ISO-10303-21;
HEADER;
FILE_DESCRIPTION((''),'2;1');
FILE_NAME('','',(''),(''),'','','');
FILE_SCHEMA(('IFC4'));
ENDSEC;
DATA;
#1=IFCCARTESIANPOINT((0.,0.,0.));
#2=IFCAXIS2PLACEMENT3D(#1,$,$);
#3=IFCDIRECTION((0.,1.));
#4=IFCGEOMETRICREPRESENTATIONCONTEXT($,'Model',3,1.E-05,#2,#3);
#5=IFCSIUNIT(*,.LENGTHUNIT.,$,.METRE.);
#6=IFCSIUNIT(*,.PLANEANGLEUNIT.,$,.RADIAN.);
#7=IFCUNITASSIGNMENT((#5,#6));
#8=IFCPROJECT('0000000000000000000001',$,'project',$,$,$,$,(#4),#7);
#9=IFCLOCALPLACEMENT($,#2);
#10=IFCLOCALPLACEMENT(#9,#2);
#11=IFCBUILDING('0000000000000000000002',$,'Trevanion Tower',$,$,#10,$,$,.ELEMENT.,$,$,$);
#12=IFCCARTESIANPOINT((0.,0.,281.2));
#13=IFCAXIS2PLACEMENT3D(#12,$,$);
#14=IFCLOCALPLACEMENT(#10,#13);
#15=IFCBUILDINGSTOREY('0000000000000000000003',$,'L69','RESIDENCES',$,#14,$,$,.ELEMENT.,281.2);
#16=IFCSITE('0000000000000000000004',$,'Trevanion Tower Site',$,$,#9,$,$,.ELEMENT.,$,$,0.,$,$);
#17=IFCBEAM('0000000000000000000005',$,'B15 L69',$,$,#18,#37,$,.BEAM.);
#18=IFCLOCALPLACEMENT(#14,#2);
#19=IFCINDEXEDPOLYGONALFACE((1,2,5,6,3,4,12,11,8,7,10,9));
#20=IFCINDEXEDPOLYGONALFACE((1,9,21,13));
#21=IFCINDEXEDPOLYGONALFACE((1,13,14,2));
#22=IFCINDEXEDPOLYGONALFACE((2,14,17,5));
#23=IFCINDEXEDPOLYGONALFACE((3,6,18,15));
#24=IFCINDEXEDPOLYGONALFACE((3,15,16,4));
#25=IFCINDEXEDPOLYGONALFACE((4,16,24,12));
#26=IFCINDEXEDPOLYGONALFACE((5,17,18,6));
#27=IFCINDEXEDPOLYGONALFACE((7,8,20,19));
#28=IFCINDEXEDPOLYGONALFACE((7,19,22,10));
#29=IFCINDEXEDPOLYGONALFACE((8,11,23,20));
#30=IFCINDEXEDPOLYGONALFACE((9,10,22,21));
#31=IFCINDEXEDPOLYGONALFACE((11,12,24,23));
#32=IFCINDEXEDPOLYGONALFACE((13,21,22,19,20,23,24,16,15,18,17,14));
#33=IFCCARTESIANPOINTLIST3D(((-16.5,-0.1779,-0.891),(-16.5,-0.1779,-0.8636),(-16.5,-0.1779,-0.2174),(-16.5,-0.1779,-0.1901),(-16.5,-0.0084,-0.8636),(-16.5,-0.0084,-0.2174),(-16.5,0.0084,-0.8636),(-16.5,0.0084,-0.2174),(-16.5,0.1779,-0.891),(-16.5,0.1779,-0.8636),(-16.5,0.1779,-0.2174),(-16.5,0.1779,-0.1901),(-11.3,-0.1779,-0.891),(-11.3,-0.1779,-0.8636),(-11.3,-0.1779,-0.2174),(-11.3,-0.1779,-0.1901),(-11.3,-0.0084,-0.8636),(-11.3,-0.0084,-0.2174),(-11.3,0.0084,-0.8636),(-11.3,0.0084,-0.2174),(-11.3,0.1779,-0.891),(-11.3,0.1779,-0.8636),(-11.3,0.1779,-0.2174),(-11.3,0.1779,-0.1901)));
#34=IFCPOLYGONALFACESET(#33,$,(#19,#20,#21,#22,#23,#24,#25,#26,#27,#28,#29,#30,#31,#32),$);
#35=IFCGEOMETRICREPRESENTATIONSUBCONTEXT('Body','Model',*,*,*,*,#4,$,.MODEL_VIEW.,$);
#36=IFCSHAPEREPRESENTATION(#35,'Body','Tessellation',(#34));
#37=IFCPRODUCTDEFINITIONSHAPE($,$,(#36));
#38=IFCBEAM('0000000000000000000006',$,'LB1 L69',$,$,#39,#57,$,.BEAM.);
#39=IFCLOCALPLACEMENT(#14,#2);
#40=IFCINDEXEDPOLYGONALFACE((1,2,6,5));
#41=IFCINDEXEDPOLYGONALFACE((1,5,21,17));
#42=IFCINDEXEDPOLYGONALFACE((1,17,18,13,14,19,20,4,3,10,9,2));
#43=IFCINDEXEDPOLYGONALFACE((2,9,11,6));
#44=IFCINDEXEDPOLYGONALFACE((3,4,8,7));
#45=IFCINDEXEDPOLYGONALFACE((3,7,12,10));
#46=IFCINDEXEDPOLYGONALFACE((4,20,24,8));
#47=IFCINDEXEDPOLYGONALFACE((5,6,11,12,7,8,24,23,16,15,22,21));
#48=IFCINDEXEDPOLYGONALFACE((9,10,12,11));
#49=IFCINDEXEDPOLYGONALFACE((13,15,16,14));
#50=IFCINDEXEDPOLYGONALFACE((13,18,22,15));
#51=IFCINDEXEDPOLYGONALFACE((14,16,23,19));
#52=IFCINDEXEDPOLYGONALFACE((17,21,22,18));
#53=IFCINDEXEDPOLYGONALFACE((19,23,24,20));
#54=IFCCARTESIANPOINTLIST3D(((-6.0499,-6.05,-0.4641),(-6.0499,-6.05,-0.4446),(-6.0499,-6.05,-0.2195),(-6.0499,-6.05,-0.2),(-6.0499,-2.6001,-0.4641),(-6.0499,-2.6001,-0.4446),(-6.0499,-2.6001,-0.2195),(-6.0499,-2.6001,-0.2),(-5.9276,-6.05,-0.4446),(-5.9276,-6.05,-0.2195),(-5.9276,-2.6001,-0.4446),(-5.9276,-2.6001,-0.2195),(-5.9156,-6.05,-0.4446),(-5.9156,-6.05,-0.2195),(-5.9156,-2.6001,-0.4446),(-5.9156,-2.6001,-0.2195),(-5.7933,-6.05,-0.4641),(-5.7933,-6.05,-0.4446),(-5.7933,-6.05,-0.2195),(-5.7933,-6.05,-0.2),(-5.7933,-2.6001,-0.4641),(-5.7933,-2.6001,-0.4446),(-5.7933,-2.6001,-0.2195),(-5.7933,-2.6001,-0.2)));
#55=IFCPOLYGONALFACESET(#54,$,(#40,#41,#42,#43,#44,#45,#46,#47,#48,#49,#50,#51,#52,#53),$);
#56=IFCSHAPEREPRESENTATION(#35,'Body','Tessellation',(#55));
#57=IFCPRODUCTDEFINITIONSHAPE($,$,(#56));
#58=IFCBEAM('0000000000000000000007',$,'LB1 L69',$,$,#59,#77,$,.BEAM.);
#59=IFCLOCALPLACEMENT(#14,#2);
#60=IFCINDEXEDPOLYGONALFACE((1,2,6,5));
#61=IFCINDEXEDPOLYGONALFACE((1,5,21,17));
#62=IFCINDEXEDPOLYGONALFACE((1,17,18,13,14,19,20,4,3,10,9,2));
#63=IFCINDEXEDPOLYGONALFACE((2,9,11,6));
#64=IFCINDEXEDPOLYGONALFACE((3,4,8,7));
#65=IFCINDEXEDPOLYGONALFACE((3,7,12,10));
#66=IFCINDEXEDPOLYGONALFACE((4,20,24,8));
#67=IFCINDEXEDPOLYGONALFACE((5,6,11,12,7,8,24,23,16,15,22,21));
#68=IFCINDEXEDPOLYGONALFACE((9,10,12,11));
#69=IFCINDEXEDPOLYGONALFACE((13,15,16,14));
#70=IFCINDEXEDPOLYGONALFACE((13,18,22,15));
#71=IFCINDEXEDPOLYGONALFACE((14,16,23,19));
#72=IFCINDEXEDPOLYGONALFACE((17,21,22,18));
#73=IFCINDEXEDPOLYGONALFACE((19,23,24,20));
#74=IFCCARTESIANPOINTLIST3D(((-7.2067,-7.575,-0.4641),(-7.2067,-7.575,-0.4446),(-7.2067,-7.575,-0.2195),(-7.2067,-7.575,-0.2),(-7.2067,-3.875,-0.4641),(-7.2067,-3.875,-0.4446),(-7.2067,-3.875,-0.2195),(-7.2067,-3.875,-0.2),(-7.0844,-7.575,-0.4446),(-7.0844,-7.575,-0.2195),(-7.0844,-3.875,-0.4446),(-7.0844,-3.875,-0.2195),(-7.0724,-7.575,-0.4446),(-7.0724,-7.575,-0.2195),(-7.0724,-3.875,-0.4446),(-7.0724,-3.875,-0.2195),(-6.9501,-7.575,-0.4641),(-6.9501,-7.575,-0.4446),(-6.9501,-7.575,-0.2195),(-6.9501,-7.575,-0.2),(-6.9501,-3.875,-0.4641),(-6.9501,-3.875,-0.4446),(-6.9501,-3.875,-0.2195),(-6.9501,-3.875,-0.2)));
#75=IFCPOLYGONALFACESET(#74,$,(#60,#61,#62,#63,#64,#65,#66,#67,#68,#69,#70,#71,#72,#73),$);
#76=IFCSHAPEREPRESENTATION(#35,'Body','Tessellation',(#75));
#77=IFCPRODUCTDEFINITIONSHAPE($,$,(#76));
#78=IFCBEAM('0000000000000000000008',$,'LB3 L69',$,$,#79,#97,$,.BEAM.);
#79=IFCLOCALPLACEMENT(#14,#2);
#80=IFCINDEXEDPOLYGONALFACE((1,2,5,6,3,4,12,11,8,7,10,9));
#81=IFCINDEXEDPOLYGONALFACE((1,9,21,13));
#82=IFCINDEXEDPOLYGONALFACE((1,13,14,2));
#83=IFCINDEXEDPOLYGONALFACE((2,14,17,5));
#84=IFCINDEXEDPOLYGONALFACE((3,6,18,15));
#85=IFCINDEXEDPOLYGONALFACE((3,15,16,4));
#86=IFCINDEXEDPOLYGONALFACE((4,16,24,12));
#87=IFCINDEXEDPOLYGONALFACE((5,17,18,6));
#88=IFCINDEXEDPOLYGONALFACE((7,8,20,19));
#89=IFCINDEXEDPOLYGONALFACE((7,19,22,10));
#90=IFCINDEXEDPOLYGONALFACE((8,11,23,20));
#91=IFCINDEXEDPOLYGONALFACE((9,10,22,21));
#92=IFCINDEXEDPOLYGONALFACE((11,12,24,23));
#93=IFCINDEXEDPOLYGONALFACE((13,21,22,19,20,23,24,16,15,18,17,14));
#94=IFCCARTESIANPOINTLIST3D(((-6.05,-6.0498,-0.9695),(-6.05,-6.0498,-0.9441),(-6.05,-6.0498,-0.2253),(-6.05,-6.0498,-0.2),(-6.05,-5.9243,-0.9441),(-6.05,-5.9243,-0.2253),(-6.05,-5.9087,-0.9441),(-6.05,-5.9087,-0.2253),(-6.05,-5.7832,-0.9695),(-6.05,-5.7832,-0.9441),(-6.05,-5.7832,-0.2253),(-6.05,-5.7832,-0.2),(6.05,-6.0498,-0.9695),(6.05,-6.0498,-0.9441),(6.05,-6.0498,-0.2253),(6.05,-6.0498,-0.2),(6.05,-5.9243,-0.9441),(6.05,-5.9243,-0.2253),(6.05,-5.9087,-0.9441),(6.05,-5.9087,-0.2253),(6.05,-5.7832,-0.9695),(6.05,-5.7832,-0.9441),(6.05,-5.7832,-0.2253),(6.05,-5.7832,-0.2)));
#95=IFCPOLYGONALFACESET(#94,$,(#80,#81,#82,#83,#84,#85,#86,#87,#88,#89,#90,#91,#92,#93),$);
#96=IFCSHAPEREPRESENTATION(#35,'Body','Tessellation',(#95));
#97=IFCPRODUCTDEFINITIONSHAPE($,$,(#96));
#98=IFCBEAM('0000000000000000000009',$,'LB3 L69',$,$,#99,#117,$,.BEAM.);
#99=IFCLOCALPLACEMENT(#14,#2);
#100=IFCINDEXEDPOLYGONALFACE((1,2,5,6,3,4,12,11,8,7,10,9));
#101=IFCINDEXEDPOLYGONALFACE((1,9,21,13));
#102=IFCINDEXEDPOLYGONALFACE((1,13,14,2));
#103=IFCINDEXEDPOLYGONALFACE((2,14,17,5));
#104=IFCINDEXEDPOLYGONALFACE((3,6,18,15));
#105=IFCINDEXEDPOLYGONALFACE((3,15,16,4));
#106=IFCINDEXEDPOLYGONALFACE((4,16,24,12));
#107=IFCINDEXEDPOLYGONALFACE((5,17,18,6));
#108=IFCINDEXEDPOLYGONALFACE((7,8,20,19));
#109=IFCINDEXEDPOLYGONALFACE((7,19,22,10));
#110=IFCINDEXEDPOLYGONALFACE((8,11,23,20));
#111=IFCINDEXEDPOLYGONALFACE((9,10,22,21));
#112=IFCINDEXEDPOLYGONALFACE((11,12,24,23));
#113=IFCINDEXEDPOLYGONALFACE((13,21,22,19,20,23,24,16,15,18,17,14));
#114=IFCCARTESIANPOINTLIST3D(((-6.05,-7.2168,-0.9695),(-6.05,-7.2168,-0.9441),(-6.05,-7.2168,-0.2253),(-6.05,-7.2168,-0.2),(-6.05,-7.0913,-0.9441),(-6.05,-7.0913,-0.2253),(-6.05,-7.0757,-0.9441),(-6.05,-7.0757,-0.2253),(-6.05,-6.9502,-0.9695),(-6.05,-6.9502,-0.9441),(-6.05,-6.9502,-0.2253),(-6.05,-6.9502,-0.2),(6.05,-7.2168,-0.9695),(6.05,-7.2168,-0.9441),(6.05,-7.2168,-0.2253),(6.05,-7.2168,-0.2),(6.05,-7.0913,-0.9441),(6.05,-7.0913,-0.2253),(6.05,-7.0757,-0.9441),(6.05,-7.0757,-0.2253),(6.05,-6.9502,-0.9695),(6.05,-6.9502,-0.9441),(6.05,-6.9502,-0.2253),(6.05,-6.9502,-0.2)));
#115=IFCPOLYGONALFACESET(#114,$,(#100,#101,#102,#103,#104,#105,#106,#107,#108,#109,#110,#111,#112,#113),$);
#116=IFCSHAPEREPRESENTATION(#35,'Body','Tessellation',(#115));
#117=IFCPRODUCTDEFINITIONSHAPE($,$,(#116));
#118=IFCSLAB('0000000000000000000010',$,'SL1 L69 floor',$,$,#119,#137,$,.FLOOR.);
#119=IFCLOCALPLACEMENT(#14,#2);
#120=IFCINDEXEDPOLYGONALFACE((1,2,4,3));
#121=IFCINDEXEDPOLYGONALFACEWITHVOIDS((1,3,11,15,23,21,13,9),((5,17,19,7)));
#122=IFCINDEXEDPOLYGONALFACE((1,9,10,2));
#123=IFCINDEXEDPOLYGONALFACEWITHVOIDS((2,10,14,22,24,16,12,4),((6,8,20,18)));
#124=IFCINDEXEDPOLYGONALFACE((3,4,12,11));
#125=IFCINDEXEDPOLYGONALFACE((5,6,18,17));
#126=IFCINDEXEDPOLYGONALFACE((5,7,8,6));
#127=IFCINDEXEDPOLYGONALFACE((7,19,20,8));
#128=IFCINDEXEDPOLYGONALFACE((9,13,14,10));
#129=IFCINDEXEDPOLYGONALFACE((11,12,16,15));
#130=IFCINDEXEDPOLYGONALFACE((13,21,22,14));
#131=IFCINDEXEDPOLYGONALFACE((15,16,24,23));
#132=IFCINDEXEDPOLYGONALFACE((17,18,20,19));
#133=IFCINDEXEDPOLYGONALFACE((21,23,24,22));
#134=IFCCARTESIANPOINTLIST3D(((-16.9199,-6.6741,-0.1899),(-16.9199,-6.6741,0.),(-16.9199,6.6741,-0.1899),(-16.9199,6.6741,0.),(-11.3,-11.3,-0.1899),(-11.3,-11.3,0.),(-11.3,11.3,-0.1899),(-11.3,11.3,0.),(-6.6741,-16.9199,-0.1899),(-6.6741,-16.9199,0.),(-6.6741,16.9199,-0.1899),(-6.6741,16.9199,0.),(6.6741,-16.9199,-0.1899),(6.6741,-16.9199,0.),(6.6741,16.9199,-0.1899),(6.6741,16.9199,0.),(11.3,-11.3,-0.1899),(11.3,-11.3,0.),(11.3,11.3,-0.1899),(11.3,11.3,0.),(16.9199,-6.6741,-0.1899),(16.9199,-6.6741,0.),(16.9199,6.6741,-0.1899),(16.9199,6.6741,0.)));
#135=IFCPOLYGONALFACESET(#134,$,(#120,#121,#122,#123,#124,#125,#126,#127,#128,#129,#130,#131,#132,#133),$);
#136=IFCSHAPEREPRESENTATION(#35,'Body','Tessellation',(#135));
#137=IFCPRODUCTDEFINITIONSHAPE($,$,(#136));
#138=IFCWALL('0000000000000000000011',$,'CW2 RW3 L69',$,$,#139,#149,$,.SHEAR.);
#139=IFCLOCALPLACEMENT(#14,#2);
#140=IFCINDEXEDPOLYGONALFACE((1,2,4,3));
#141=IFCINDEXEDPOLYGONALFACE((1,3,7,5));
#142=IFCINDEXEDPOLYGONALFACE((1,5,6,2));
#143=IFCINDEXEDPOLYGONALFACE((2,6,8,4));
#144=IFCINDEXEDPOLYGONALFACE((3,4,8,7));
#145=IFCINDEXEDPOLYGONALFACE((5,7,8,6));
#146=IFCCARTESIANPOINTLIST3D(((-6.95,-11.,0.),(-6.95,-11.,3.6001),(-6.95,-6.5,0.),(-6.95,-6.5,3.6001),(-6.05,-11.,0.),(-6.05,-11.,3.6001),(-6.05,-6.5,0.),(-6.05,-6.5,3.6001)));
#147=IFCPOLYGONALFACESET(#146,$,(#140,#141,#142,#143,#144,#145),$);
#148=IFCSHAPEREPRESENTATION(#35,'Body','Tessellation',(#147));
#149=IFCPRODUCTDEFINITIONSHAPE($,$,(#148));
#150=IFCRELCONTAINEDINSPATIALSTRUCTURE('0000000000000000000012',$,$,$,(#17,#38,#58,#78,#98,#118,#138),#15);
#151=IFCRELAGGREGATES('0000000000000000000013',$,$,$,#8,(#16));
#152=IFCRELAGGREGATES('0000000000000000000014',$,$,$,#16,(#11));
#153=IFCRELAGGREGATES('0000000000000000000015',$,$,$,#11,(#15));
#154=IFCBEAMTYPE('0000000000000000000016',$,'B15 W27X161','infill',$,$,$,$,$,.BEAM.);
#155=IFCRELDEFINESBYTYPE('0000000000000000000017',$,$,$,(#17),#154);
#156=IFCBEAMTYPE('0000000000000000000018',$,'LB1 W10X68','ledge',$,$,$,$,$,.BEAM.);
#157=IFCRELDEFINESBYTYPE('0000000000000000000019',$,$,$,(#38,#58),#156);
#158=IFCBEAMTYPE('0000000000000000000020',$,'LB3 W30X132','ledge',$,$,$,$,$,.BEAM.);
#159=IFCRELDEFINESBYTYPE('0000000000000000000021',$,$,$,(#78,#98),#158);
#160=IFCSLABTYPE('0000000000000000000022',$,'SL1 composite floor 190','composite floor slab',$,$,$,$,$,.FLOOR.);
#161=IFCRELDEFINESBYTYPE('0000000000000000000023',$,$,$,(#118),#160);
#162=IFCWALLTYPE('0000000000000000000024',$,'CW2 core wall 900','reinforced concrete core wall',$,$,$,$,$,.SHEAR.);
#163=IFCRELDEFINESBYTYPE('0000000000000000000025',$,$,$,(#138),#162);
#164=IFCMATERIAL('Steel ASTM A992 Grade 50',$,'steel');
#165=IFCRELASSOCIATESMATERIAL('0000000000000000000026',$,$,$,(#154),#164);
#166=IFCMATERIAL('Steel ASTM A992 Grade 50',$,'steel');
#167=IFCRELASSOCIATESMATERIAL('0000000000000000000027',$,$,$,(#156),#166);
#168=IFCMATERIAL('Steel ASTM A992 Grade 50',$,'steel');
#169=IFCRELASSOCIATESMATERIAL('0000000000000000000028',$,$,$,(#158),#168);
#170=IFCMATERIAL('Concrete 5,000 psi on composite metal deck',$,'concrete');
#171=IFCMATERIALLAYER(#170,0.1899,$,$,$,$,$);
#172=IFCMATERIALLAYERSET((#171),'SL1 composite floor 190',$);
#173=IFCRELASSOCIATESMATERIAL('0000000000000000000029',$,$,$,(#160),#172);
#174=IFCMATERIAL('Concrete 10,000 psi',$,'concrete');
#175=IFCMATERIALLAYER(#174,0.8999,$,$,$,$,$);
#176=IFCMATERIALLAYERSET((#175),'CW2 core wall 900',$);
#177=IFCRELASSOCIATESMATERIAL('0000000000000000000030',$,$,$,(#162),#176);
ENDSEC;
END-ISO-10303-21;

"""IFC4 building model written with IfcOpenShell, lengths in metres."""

from ifc_helpers import new_model, si_unit, direction, frame, frame_2d, origin, origin_2d, place, context, subcontext, project, spatial, polyline, rectangle, i_section, outline, extrude, material, layer, layer_set, material_profile, profile_set, type_object, element, save


model = new_model("IFC4")

# Units and contexts
model_context = context("Model", 3, precision=1e-05, world=origin(), true_north=direction((0.0, 1.0)))
body_context = subcontext(model_context, "Body", "Model", "MODEL_VIEW")
ifc_project = project(units=[si_unit("LENGTHUNIT", "METRE"), si_unit("PLANEANGLEUNIT", "RADIAN")], contexts=[model_context])

# Site, building, storey
site_placement = place(None, origin())
site = spatial("IfcSite", under=ifc_project, at=site_placement, Name="Trevanion Tower Site", CompositionType="ELEMENT", RefElevation=0.0)
building_placement = place(site_placement, origin())
building = spatial("IfcBuilding", under=site, at=building_placement, Name="Trevanion Tower", CompositionType="ELEMENT")
storey_placement = place(building_placement, frame((0.0, 0.0, 281.2)))
storey = spatial("IfcBuildingStorey", under=building, at=storey_placement, Name="L69", Description="RESIDENCES", CompositionType="ELEMENT", Elevation=281.2)

# Beams
ifc_material_1 = material(Name="Steel ASTM A992 Grade 50", Category="steel")
ifc_material_profile_1 = material_profile(ifc_material_1, i_section(OverallWidth=0.3557, OverallDepth=0.7009, WebThickness=0.0168, FlangeThickness=0.0273, at=origin_2d()), Name="W27X161")
ifc_profile_set_1 = profile_set([ifc_material_profile_1], Name="Steel ASTM A992 Grade 50")
beam_type_1 = type_object("IfcBeamType", Name="B15 W27X161", Description="infill", PredefinedType="BEAM", material=ifc_profile_set_1)
beam_1_placement = place(storey_placement, frame((-11.3, 0.0, -0.5405), z_axis=(-1.0, 0.0, 0.0), x_axis=(0.0, -1.0, 0.0)))
element("IfcBeam", 1, at=beam_1_placement, inside=storey, type_object=beam_type_1, Name="B15 L69", PredefinedType="BEAM", context=body_context, shape_type="SweptSolid", body=[
    extrude(i_section(OverallWidth=0.3557, OverallDepth=0.7009, WebThickness=0.0168, FlangeThickness=0.0273, at=origin_2d()), origin(), (0.0, 0.0, 1.0), 5.2),
])
ifc_material_2 = material(Name="Steel ASTM A992 Grade 50", Category="steel")
ifc_material_profile_2 = material_profile(ifc_material_2, i_section(OverallWidth=0.2566, OverallDepth=0.2642, WebThickness=0.012, FlangeThickness=0.0195, at=origin_2d()), Name="W10X68")
ifc_profile_set_2 = profile_set([ifc_material_profile_2], Name="Steel ASTM A992 Grade 50")
beam_type_2 = type_object("IfcBeamType", Name="LB1 W10X68", Description="ledge", PredefinedType="BEAM", material=ifc_profile_set_2)
beam_2_placement = place(storey_placement, frame((-5.9216, -6.05, -0.332), z_axis=(0.0, 1.0, 0.0), x_axis=(-1.0, 0.0, 0.0)))
element("IfcBeam", 2, at=beam_2_placement, inside=storey, type_object=beam_type_2, Name="LB1 L69", PredefinedType="BEAM", context=body_context, shape_type="SweptSolid", body=[
    extrude(i_section(OverallWidth=0.2566, OverallDepth=0.2642, WebThickness=0.012, FlangeThickness=0.0195, at=origin_2d()), origin(), (0.0, 0.0, 1.0), 3.45),
])
beam_3_placement = place(storey_placement, frame((-7.0784, -7.575, -0.332), z_axis=(0.0, 1.0, 0.0), x_axis=(-1.0, 0.0, 0.0)))
element("IfcBeam", 3, at=beam_3_placement, inside=storey, type_object=beam_type_2, Name="LB1 L69", PredefinedType="BEAM", context=body_context, shape_type="SweptSolid", body=[
    extrude(i_section(OverallWidth=0.2566, OverallDepth=0.2642, WebThickness=0.012, FlangeThickness=0.0195, at=origin_2d()), origin(), (0.0, 0.0, 1.0), 3.7),
])
ifc_material_3 = material(Name="Steel ASTM A992 Grade 50", Category="steel")
ifc_material_profile_3 = material_profile(ifc_material_3, i_section(OverallWidth=0.2666, OverallDepth=0.7695, WebThickness=0.0156, FlangeThickness=0.0254, at=origin_2d()), Name="W30X132")
ifc_profile_set_3 = profile_set([ifc_material_profile_3], Name="Steel ASTM A992 Grade 50")
beam_type_3 = type_object("IfcBeamType", Name="LB3 W30X132", Description="ledge", PredefinedType="BEAM", material=ifc_profile_set_3)
for number, where, z_axis, x_axis, name in (
    (4, (-6.05, -5.9165, -0.5847), (1.0, 0.0, 0.0), (0.0, 1.0, 0.0), "LB3 L69"),
    (5, (-6.05, -7.0835, -0.5847), (1.0, 0.0, 0.0), (0.0, 1.0, 0.0), "LB3 L69"),
):
    element("IfcBeam", number, at=place(storey_placement, frame(where, z_axis=z_axis, x_axis=x_axis)), inside=storey, type_object=beam_type_3, Name=name, PredefinedType="BEAM", context=body_context, shape_type="SweptSolid", body=[
        extrude(i_section(OverallWidth=0.2666, OverallDepth=0.7695, WebThickness=0.0156, FlangeThickness=0.0254, at=origin_2d()), origin(), (0.0, 0.0, 1.0), 12.1001),
    ])

# Slab
ifc_material_4 = material(Name="Concrete 5,000 psi on composite metal deck", Category="concrete")
ifc_layer_1 = layer(ifc_material_4, 0.1899)
ifc_layer_set_1 = layer_set([ifc_layer_1], Name="SL1 composite floor 190")
slab_type = type_object("IfcSlabType", Name="SL1 composite floor 190", Description="composite floor slab", PredefinedType="FLOOR", material=ifc_layer_set_1)
slab_placement = place(storey_placement, frame((0.0, 0.0, -0.1899)))
element("IfcSlab", 6, at=slab_placement, inside=storey, type_object=slab_type, Name="SL1 L69 floor", PredefinedType="FLOOR", context=body_context, shape_type="SweptSolid", body=[
    extrude(outline(polyline([(16.9199, -6.6741), (16.9199, 6.6741), (6.6741, 16.9199), (-6.6741, 16.9199), (-16.9199, 6.6741), (-16.9199, -6.6741), (-6.6741, -16.9199), (6.6741, -16.9199), (16.9199, -6.6741)]), holes=[polyline([(11.3, -11.3), (11.3, 11.3), (-11.3, 11.3), (-11.3, -11.3), (11.3, -11.3)])]), origin(), (0.0, 0.0, 1.0), 0.1899),
])

# Wall
ifc_material_5 = material(Name="Concrete 10,000 psi", Category="concrete")
ifc_layer_2 = layer(ifc_material_5, 0.8999)
ifc_layer_set_2 = layer_set([ifc_layer_2], Name="CW2 core wall 900")
wall_type_1 = type_object("IfcWallType", Name="CW2 core wall 900", Description="reinforced concrete core wall", PredefinedType="SHEAR", material=ifc_layer_set_2)
wall_1_placement = place(storey_placement, frame((-6.5, -6.5, 0.0), z_axis=(0.0, 0.0, 1.0), x_axis=(0.0, -1.0, 0.0)))
element("IfcWall", 7, at=wall_1_placement, inside=storey, type_object=wall_type_1, Name="CW2 RW3 L69", PredefinedType="SHEAR", context=body_context, shape_type="SweptSolid", body=[
    extrude(rectangle(XDim=4.5, YDim=0.8999, at=frame_2d((2.25, 0.0))), origin(), (0.0, 0.0, 1.0), 3.6001),
])

save(model, "model.ifc")
